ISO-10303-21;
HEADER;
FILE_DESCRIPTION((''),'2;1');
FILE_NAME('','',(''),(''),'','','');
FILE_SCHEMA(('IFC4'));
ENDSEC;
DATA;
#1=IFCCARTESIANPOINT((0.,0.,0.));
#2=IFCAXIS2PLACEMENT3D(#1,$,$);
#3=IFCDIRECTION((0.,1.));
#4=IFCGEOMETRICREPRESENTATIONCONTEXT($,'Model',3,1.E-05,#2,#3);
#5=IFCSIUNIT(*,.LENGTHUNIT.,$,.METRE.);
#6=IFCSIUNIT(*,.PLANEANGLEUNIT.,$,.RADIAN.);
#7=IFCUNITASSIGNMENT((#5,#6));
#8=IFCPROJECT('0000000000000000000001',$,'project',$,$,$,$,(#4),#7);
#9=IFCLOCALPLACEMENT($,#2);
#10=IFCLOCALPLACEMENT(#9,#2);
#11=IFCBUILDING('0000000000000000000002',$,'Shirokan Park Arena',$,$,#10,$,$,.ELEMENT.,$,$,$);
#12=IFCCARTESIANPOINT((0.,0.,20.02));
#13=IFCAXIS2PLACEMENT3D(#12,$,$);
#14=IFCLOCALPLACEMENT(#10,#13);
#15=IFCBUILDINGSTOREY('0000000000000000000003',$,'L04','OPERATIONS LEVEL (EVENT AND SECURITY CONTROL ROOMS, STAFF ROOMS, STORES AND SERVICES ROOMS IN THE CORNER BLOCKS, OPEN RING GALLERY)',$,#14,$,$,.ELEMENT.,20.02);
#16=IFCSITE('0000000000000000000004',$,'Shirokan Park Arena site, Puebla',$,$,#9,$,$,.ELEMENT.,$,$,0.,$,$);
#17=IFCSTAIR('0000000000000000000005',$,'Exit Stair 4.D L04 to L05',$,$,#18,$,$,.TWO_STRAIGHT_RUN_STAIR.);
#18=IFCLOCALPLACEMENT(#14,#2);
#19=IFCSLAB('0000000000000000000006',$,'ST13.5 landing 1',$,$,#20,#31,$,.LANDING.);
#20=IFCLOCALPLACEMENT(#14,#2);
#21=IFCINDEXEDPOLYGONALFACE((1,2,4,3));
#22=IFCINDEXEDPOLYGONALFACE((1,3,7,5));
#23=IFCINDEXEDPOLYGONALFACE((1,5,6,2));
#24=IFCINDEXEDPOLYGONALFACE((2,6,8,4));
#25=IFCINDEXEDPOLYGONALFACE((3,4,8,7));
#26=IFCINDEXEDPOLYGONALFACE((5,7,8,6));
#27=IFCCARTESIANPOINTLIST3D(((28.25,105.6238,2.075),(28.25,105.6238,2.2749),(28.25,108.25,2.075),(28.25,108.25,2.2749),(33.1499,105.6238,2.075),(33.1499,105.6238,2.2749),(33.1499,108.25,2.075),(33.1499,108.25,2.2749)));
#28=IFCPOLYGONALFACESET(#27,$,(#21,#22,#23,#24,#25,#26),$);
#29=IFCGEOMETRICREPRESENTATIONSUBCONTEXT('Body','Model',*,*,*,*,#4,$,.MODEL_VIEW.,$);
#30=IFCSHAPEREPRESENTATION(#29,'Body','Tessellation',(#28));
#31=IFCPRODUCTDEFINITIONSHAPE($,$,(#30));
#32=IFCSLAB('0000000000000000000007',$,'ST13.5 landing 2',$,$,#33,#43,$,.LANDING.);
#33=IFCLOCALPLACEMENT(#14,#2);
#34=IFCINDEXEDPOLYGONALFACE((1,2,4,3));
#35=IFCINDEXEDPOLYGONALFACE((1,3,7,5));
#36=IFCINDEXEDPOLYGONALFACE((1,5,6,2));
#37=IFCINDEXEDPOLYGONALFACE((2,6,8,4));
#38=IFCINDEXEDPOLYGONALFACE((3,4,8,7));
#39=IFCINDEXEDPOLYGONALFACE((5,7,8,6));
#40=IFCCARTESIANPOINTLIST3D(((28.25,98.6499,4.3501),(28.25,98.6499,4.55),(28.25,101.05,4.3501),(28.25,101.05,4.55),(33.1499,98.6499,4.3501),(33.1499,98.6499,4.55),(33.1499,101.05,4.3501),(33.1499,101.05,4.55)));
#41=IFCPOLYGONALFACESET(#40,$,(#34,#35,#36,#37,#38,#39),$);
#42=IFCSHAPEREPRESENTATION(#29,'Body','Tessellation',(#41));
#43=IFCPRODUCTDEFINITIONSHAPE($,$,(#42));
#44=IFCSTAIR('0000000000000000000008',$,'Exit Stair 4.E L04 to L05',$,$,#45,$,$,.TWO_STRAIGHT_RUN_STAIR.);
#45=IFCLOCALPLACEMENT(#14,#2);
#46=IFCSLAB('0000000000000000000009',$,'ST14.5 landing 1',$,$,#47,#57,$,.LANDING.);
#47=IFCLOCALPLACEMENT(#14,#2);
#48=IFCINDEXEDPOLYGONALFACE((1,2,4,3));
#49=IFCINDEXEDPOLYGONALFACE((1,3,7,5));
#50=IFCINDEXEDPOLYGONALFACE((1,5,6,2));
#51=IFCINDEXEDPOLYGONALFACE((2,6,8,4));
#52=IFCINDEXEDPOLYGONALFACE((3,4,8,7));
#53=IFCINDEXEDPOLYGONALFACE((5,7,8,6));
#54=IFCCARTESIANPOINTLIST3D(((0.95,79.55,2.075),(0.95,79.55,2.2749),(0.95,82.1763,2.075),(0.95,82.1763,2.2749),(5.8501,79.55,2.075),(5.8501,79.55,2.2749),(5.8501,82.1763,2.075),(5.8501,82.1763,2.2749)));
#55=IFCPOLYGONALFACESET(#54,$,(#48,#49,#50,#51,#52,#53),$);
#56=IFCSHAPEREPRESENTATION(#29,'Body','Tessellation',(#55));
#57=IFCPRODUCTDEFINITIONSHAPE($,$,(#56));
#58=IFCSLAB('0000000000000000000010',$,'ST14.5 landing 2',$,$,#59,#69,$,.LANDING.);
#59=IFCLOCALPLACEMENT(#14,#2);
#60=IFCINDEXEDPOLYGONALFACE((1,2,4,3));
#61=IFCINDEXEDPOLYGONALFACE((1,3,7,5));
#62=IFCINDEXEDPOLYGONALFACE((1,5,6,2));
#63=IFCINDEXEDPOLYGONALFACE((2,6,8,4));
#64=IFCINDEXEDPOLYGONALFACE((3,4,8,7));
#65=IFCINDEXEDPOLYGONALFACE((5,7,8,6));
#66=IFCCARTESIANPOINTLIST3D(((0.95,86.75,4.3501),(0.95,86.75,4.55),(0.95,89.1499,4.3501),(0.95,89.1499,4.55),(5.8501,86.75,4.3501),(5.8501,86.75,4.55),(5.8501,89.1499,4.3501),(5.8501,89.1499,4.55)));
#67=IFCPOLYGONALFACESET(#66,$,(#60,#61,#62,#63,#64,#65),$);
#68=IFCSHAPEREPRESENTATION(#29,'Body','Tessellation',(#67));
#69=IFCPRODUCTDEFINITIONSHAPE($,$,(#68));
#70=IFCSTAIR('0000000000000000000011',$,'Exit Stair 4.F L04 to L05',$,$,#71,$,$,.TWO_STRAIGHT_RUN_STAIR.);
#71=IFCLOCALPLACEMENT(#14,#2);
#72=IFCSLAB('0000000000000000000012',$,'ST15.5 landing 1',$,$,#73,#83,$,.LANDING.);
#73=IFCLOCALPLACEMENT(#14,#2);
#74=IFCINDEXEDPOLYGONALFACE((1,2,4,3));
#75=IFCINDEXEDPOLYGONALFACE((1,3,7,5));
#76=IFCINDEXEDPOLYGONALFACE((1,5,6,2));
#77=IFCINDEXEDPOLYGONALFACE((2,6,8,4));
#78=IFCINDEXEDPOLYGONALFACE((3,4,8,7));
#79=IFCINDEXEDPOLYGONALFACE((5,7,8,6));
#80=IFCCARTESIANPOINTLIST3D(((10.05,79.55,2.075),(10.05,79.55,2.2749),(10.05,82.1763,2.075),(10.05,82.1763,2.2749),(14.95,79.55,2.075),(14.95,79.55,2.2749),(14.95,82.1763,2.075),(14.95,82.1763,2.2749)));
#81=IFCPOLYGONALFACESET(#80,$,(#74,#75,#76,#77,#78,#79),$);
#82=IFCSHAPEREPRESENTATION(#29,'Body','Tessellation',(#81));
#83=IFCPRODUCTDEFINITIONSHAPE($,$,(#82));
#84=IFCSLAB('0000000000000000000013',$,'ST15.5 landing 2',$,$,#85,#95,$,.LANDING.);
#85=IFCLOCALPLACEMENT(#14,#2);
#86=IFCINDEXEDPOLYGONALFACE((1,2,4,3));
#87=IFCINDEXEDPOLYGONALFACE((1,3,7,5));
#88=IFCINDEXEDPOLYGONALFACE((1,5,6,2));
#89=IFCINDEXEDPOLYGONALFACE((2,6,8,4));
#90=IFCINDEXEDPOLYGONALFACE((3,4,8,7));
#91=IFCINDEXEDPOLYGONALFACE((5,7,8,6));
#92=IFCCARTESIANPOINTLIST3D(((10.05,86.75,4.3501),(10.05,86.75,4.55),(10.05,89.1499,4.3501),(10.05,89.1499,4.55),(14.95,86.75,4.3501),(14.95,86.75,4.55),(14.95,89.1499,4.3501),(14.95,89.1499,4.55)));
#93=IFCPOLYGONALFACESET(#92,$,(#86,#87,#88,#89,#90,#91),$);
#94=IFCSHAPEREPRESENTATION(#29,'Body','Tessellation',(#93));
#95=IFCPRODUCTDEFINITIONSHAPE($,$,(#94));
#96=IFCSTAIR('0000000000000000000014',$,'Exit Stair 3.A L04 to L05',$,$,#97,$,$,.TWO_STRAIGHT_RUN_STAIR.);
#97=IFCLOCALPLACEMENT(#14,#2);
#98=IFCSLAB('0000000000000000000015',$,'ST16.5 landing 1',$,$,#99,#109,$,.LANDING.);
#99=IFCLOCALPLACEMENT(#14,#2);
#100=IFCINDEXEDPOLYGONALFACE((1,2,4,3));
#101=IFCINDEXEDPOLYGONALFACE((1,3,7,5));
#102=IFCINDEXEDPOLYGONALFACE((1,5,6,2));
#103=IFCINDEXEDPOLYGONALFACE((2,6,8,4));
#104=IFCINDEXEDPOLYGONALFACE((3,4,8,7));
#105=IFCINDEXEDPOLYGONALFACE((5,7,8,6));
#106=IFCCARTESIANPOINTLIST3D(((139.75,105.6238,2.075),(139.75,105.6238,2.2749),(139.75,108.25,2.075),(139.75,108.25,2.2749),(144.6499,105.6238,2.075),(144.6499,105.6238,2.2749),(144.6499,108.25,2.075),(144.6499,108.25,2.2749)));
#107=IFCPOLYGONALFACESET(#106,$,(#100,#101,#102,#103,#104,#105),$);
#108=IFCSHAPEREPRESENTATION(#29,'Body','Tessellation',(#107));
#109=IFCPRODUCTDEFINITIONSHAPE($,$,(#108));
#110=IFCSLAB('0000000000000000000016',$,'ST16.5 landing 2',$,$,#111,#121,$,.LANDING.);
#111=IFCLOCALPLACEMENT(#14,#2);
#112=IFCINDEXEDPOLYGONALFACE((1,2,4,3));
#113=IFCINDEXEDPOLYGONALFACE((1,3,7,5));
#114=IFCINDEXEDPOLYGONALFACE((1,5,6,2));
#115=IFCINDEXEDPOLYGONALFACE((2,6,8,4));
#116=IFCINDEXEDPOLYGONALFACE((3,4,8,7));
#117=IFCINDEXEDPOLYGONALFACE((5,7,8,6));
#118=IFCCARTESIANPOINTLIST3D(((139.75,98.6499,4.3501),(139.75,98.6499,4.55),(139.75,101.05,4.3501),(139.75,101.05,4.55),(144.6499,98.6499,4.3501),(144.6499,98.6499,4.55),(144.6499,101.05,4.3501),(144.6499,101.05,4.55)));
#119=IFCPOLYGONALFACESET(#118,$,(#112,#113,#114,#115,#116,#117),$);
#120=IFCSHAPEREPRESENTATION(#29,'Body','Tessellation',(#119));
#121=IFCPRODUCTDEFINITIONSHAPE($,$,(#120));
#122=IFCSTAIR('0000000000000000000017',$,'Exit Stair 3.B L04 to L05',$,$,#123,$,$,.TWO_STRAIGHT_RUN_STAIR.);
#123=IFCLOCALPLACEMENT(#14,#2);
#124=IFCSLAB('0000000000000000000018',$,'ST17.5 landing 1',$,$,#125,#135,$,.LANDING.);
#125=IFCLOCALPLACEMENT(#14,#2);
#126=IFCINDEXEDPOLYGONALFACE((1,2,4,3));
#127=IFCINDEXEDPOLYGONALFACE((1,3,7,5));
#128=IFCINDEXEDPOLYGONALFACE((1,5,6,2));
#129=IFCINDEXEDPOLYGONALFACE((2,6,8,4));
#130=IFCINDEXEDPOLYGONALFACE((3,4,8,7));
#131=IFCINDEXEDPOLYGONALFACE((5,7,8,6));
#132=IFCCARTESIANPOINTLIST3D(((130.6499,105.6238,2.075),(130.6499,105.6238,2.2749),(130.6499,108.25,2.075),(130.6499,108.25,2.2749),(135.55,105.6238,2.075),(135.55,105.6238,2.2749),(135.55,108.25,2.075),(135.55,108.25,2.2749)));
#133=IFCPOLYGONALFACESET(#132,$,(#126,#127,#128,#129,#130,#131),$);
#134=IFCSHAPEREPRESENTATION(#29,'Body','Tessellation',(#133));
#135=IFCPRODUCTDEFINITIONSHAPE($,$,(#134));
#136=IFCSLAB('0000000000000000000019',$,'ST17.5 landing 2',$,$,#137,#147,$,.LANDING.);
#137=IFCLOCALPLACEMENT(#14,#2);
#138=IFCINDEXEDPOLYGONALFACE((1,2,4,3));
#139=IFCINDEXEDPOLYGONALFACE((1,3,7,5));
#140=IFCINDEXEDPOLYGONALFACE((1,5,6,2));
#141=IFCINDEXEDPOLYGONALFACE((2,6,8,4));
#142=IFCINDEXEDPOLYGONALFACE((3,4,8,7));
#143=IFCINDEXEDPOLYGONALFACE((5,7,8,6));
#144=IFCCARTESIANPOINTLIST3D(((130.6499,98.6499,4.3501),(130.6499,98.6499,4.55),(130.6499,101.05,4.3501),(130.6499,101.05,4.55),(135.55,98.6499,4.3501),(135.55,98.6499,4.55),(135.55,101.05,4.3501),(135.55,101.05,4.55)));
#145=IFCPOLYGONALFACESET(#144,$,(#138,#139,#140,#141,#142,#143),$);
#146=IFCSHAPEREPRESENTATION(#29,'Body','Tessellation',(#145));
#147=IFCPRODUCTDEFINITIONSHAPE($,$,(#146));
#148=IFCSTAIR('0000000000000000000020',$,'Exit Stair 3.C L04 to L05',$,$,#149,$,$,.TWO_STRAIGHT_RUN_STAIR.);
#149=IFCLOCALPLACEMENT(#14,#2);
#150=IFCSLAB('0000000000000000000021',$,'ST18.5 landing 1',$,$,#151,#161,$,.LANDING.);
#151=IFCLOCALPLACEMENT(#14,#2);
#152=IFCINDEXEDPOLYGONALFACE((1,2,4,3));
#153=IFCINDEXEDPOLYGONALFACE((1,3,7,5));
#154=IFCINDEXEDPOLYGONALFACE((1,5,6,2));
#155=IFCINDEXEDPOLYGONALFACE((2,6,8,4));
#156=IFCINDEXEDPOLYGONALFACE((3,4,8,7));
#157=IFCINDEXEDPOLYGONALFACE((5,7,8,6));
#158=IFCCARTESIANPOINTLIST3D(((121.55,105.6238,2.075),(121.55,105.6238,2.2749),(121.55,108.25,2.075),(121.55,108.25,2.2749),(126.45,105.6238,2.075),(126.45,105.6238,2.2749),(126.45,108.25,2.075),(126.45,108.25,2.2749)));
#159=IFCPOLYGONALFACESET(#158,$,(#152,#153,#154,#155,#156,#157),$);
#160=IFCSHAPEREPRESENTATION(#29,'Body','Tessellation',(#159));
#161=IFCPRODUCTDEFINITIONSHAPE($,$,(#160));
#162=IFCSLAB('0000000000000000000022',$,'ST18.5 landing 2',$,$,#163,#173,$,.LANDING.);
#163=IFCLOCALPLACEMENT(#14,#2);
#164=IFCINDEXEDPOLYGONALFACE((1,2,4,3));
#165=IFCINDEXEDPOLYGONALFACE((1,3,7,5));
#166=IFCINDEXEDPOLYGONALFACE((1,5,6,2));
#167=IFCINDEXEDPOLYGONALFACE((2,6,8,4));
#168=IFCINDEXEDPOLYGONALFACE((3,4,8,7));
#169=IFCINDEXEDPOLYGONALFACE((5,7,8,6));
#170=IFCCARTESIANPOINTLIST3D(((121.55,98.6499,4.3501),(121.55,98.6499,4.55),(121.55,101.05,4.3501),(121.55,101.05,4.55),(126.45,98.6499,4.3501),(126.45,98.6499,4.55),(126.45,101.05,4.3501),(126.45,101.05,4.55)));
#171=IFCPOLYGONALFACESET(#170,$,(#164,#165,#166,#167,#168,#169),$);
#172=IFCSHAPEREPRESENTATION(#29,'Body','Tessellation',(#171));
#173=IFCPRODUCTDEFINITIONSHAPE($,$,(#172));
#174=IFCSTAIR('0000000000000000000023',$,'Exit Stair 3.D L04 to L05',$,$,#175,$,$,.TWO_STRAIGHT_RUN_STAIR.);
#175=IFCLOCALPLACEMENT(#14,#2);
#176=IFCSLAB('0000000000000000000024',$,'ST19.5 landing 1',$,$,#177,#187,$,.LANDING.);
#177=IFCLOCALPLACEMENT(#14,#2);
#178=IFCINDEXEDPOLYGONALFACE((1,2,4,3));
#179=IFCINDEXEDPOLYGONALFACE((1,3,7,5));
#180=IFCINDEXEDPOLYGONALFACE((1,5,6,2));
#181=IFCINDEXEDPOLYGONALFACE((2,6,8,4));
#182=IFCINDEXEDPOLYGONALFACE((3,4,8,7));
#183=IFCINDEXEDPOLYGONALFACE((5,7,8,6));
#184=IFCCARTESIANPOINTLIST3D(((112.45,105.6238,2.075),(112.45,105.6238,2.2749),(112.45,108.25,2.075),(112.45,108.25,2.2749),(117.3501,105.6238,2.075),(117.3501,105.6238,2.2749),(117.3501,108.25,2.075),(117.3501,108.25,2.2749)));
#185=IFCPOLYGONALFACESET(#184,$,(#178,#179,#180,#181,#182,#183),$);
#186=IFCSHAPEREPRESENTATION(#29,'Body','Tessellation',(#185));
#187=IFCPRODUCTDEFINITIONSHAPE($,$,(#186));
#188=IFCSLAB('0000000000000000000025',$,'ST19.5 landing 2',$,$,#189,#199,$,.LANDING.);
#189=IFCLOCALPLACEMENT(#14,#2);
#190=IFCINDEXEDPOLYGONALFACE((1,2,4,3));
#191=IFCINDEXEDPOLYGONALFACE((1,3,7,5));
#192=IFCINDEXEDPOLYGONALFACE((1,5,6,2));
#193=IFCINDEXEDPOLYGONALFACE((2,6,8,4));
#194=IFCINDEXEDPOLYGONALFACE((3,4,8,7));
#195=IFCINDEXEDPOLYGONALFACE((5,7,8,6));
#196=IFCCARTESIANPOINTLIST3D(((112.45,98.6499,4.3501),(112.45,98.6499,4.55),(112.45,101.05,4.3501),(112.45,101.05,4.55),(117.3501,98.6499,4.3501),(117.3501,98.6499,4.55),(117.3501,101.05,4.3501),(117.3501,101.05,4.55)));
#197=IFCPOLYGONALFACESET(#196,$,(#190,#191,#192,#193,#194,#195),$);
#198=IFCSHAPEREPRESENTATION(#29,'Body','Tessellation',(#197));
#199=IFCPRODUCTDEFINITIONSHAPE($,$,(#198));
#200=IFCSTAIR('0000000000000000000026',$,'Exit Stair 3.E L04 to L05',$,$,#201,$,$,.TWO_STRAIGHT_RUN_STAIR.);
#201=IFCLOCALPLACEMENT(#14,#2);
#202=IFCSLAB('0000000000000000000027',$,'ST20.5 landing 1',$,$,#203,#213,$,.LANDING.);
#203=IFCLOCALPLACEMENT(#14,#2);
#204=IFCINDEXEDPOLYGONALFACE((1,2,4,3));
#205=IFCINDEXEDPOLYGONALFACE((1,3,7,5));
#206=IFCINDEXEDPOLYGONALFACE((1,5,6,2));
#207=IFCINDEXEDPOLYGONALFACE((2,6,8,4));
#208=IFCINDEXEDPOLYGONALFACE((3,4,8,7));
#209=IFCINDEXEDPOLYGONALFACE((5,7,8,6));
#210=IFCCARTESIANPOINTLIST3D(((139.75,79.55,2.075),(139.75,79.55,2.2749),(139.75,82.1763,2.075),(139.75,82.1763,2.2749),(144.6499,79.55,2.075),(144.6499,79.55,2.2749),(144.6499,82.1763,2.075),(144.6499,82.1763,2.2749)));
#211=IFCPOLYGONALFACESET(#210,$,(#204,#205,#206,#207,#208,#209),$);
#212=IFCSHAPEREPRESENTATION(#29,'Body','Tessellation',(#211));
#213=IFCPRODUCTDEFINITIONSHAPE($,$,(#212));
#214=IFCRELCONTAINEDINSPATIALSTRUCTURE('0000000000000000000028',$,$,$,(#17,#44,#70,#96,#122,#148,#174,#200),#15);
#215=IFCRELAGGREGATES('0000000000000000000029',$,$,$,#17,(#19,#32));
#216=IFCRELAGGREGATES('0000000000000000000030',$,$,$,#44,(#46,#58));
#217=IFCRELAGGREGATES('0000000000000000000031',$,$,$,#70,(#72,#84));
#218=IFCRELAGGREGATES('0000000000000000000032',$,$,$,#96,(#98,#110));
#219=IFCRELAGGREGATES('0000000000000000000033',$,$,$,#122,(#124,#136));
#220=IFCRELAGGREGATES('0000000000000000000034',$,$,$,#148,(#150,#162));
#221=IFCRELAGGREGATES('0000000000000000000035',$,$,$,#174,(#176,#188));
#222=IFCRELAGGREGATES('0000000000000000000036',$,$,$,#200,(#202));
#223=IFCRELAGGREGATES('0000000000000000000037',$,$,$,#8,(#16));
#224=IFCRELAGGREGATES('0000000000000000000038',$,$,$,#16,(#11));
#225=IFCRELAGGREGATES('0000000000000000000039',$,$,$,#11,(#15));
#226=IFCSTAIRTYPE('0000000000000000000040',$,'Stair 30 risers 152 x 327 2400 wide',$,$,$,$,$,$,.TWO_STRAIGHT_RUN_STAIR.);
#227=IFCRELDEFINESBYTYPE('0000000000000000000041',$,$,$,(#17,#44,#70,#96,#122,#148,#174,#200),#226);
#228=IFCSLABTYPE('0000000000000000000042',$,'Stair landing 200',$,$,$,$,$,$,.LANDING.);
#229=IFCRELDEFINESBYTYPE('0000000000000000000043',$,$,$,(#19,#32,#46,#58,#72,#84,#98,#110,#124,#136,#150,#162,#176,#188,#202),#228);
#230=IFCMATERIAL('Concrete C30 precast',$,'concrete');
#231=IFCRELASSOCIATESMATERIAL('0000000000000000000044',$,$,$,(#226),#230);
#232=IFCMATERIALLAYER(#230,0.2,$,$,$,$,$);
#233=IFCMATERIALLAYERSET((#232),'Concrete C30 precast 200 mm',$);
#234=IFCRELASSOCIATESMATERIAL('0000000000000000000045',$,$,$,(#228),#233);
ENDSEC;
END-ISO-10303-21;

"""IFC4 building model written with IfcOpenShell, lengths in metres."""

from ifc_helpers import new_model, si_unit, direction, frame, origin, place, context, subcontext, project, spatial, polyline, outline, extrude, material, layer, layer_set, type_object, element, aggregate, save


model = new_model("IFC4")

# Units and contexts
model_context = context("Model", 3, precision=1e-05, world=origin(), true_north=direction((0.0, 1.0)))
body_context = subcontext(model_context, "Body", "Model", "MODEL_VIEW")
ifc_project = project(units=[si_unit("LENGTHUNIT", "METRE"), si_unit("PLANEANGLEUNIT", "RADIAN")], contexts=[model_context])

# Site, building, storey
site_placement = place(None, origin())
site = spatial("IfcSite", under=ifc_project, at=site_placement, Name="Shirokan Park Arena site, Puebla", CompositionType="ELEMENT", RefElevation=0.0)
building_placement = place(site_placement, origin())
building = spatial("IfcBuilding", under=site, at=building_placement, Name="Shirokan Park Arena", CompositionType="ELEMENT")
storey_placement = place(building_placement, frame((0.0, 0.0, 20.02)))
storey = spatial("IfcBuildingStorey", under=building, at=storey_placement, Name="L04", Description="OPERATIONS LEVEL (EVENT AND SECURITY CONTROL ROOMS, STAFF ROOMS, STORES AND SERVICES ROOMS IN THE CORNER BLOCKS, OPEN RING GALLERY)", CompositionType="ELEMENT", Elevation=20.02)

# Stairs, slabs
ifc_material_1 = material(Name="Concrete C30 precast", Category="concrete")
stair_type = type_object("IfcStairType", Name="Stair 30 risers 152 x 327 2400 wide", PredefinedType="TWO_STRAIGHT_RUN_STAIR", material=ifc_material_1)
ifc_layer_1 = layer(ifc_material_1, 0.2)
ifc_layer_set_1 = layer_set([ifc_layer_1], Name="Concrete C30 precast 200 mm")
slab_type = type_object("IfcSlabType", Name="Stair landing 200", PredefinedType="LANDING", material=ifc_layer_set_1)
stair_1_placement = place(storey_placement, origin())
stair_1 = element("IfcStair", 1, at=stair_1_placement, inside=storey, type_object=stair_type, Name="Exit Stair 4.D L04 to L05", PredefinedType="TWO_STRAIGHT_RUN_STAIR")
slab_1_placement = place(storey_placement, frame((0.0, 0.0, 2.075)))
slab_1 = element("IfcSlab", 2, at=slab_1_placement, type_object=slab_type, Name="ST13.5 landing 1", PredefinedType="LANDING", context=body_context, shape_type="SweptSolid", body=[
    extrude(outline(polyline([(28.25, 105.6238), (33.1499, 105.6238), (33.1499, 108.25), (28.25, 108.25), (28.25, 105.6238)])), origin(), (0.0, 0.0, 1.0), 0.2),
])
slab_2_placement = place(storey_placement, frame((0.0, 0.0, 4.3501)))
slab_2 = element("IfcSlab", 3, at=slab_2_placement, type_object=slab_type, Name="ST13.5 landing 2", PredefinedType="LANDING", context=body_context, shape_type="SweptSolid", body=[
    extrude(outline(polyline([(28.25, 98.6499), (33.1499, 98.6499), (33.1499, 101.05), (28.25, 101.05), (28.25, 98.6499)])), origin(), (0.0, 0.0, 1.0), 0.2),
])
aggregate(stair_1, [slab_1, slab_2])
stair_2_placement = place(storey_placement, origin())
stair_2 = element("IfcStair", 4, at=stair_2_placement, inside=storey, type_object=stair_type, Name="Exit Stair 4.E L04 to L05", PredefinedType="TWO_STRAIGHT_RUN_STAIR")
slab_3_placement = place(storey_placement, frame((0.0, 0.0, 2.075)))
slab_3 = element("IfcSlab", 5, at=slab_3_placement, type_object=slab_type, Name="ST14.5 landing 1", PredefinedType="LANDING", context=body_context, shape_type="SweptSolid", body=[
    extrude(outline(polyline([(0.95, 79.55), (5.8501, 79.55), (5.8501, 82.1763), (0.95, 82.1763), (0.95, 79.55)])), origin(), (0.0, 0.0, 1.0), 0.2),
])
slab_4_placement = place(storey_placement, frame((0.0, 0.0, 4.3501)))
slab_4 = element("IfcSlab", 6, at=slab_4_placement, type_object=slab_type, Name="ST14.5 landing 2", PredefinedType="LANDING", context=body_context, shape_type="SweptSolid", body=[
    extrude(outline(polyline([(0.95, 86.75), (5.8501, 86.75), (5.8501, 89.1499), (0.95, 89.1499), (0.95, 86.75)])), origin(), (0.0, 0.0, 1.0), 0.2),
])
aggregate(stair_2, [slab_3, slab_4])
stair_3_placement = place(storey_placement, origin())
stair_3 = element("IfcStair", 7, at=stair_3_placement, inside=storey, type_object=stair_type, Name="Exit Stair 4.F L04 to L05", PredefinedType="TWO_STRAIGHT_RUN_STAIR")
slab_5_placement = place(storey_placement, frame((0.0, 0.0, 2.075)))
slab_5 = element("IfcSlab", 8, at=slab_5_placement, type_object=slab_type, Name="ST15.5 landing 1", PredefinedType="LANDING", context=body_context, shape_type="SweptSolid", body=[
    extrude(outline(polyline([(10.05, 79.55), (14.95, 79.55), (14.95, 82.1763), (10.05, 82.1763), (10.05, 79.55)])), origin(), (0.0, 0.0, 1.0), 0.2),
])
slab_6_placement = place(storey_placement, frame((0.0, 0.0, 4.3501)))
slab_6 = element("IfcSlab", 9, at=slab_6_placement, type_object=slab_type, Name="ST15.5 landing 2", PredefinedType="LANDING", context=body_context, shape_type="SweptSolid", body=[
    extrude(outline(polyline([(10.05, 86.75), (14.95, 86.75), (14.95, 89.1499), (10.05, 89.1499), (10.05, 86.75)])), origin(), (0.0, 0.0, 1.0), 0.2),
])
aggregate(stair_3, [slab_5, slab_6])
stair_4_placement = place(storey_placement, origin())
stair_4 = element("IfcStair", 10, at=stair_4_placement, inside=storey, type_object=stair_type, Name="Exit Stair 3.A L04 to L05", PredefinedType="TWO_STRAIGHT_RUN_STAIR")
slab_7_placement = place(storey_placement, frame((0.0, 0.0, 2.075)))
slab_7 = element("IfcSlab", 11, at=slab_7_placement, type_object=slab_type, Name="ST16.5 landing 1", PredefinedType="LANDING", context=body_context, shape_type="SweptSolid", body=[
    extrude(outline(polyline([(139.75, 105.6238), (144.6499, 105.6238), (144.6499, 108.25), (139.75, 108.25), (139.75, 105.6238)])), origin(), (0.0, 0.0, 1.0), 0.2),
])
slab_8_placement = place(storey_placement, frame((0.0, 0.0, 4.3501)))
slab_8 = element("IfcSlab", 12, at=slab_8_placement, type_object=slab_type, Name="ST16.5 landing 2", PredefinedType="LANDING", context=body_context, shape_type="SweptSolid", body=[
    extrude(outline(polyline([(139.75, 98.6499), (144.6499, 98.6499), (144.6499, 101.05), (139.75, 101.05), (139.75, 98.6499)])), origin(), (0.0, 0.0, 1.0), 0.2),
])
aggregate(stair_4, [slab_7, slab_8])
stair_5_placement = place(storey_placement, origin())
stair_5 = element("IfcStair", 13, at=stair_5_placement, inside=storey, type_object=stair_type, Name="Exit Stair 3.B L04 to L05", PredefinedType="TWO_STRAIGHT_RUN_STAIR")
slab_9_placement = place(storey_placement, frame((0.0, 0.0, 2.075)))
slab_9 = element("IfcSlab", 14, at=slab_9_placement, type_object=slab_type, Name="ST17.5 landing 1", PredefinedType="LANDING", context=body_context, shape_type="SweptSolid", body=[
    extrude(outline(polyline([(130.6499, 105.6238), (135.55, 105.6238), (135.55, 108.25), (130.6499, 108.25), (130.6499, 105.6238)])), origin(), (0.0, 0.0, 1.0), 0.2),
])
slab_10_placement = place(storey_placement, frame((0.0, 0.0, 4.3501)))
slab_10 = element("IfcSlab", 15, at=slab_10_placement, type_object=slab_type, Name="ST17.5 landing 2", PredefinedType="LANDING", context=body_context, shape_type="SweptSolid", body=[
    extrude(outline(polyline([(130.6499, 98.6499), (135.55, 98.6499), (135.55, 101.05), (130.6499, 101.05), (130.6499, 98.6499)])), origin(), (0.0, 0.0, 1.0), 0.2),
])
aggregate(stair_5, [slab_9, slab_10])
stair_6_placement = place(storey_placement, origin())
stair_6 = element("IfcStair", 16, at=stair_6_placement, inside=storey, type_object=stair_type, Name="Exit Stair 3.C L04 to L05", PredefinedType="TWO_STRAIGHT_RUN_STAIR")
slab_11_placement = place(storey_placement, frame((0.0, 0.0, 2.075)))
slab_11 = element("IfcSlab", 17, at=slab_11_placement, type_object=slab_type, Name="ST18.5 landing 1", PredefinedType="LANDING", context=body_context, shape_type="SweptSolid", body=[
    extrude(outline(polyline([(121.55, 105.6238), (126.45, 105.6238), (126.45, 108.25), (121.55, 108.25), (121.55, 105.6238)])), origin(), (0.0, 0.0, 1.0), 0.2),
])
slab_12_placement = place(storey_placement, frame((0.0, 0.0, 4.3501)))
slab_12 = element("IfcSlab", 18, at=slab_12_placement, type_object=slab_type, Name="ST18.5 landing 2", PredefinedType="LANDING", context=body_context, shape_type="SweptSolid", body=[
    extrude(outline(polyline([(121.55, 98.6499), (126.45, 98.6499), (126.45, 101.05), (121.55, 101.05), (121.55, 98.6499)])), origin(), (0.0, 0.0, 1.0), 0.2),
])
aggregate(stair_6, [slab_11, slab_12])
stair_7_placement = place(storey_placement, origin())
stair_7 = element("IfcStair", 19, at=stair_7_placement, inside=storey, type_object=stair_type, Name="Exit Stair 3.D L04 to L05", PredefinedType="TWO_STRAIGHT_RUN_STAIR")
slab_13_placement = place(storey_placement, frame((0.0, 0.0, 2.075)))
slab_13 = element("IfcSlab", 20, at=slab_13_placement, type_object=slab_type, Name="ST19.5 landing 1", PredefinedType="LANDING", context=body_context, shape_type="SweptSolid", body=[
    extrude(outline(polyline([(112.45, 105.6238), (117.3501, 105.6238), (117.3501, 108.25), (112.45, 108.25), (112.45, 105.6238)])), origin(), (0.0, 0.0, 1.0), 0.2),
])
slab_14_placement = place(storey_placement, frame((0.0, 0.0, 4.3501)))
slab_14 = element("IfcSlab", 21, at=slab_14_placement, type_object=slab_type, Name="ST19.5 landing 2", PredefinedType="LANDING", context=body_context, shape_type="SweptSolid", body=[
    extrude(outline(polyline([(112.45, 98.6499), (117.3501, 98.6499), (117.3501, 101.05), (112.45, 101.05), (112.45, 98.6499)])), origin(), (0.0, 0.0, 1.0), 0.2),
])
aggregate(stair_7, [slab_13, slab_14])
stair_8_placement = place(storey_placement, origin())
stair_8 = element("IfcStair", 22, at=stair_8_placement, inside=storey, type_object=stair_type, Name="Exit Stair 3.E L04 to L05", PredefinedType="TWO_STRAIGHT_RUN_STAIR")
slab_15_placement = place(storey_placement, frame((0.0, 0.0, 2.075)))
slab_15 = element("IfcSlab", 23, at=slab_15_placement, type_object=slab_type, Name="ST20.5 landing 1", PredefinedType="LANDING", context=body_context, shape_type="SweptSolid", body=[
    extrude(outline(polyline([(139.75, 79.55), (144.6499, 79.55), (144.6499, 82.1763), (139.75, 82.1763), (139.75, 79.55)])), origin(), (0.0, 0.0, 1.0), 0.2),
])
aggregate(stair_8, [slab_15])

save(model, "model.ifc")
